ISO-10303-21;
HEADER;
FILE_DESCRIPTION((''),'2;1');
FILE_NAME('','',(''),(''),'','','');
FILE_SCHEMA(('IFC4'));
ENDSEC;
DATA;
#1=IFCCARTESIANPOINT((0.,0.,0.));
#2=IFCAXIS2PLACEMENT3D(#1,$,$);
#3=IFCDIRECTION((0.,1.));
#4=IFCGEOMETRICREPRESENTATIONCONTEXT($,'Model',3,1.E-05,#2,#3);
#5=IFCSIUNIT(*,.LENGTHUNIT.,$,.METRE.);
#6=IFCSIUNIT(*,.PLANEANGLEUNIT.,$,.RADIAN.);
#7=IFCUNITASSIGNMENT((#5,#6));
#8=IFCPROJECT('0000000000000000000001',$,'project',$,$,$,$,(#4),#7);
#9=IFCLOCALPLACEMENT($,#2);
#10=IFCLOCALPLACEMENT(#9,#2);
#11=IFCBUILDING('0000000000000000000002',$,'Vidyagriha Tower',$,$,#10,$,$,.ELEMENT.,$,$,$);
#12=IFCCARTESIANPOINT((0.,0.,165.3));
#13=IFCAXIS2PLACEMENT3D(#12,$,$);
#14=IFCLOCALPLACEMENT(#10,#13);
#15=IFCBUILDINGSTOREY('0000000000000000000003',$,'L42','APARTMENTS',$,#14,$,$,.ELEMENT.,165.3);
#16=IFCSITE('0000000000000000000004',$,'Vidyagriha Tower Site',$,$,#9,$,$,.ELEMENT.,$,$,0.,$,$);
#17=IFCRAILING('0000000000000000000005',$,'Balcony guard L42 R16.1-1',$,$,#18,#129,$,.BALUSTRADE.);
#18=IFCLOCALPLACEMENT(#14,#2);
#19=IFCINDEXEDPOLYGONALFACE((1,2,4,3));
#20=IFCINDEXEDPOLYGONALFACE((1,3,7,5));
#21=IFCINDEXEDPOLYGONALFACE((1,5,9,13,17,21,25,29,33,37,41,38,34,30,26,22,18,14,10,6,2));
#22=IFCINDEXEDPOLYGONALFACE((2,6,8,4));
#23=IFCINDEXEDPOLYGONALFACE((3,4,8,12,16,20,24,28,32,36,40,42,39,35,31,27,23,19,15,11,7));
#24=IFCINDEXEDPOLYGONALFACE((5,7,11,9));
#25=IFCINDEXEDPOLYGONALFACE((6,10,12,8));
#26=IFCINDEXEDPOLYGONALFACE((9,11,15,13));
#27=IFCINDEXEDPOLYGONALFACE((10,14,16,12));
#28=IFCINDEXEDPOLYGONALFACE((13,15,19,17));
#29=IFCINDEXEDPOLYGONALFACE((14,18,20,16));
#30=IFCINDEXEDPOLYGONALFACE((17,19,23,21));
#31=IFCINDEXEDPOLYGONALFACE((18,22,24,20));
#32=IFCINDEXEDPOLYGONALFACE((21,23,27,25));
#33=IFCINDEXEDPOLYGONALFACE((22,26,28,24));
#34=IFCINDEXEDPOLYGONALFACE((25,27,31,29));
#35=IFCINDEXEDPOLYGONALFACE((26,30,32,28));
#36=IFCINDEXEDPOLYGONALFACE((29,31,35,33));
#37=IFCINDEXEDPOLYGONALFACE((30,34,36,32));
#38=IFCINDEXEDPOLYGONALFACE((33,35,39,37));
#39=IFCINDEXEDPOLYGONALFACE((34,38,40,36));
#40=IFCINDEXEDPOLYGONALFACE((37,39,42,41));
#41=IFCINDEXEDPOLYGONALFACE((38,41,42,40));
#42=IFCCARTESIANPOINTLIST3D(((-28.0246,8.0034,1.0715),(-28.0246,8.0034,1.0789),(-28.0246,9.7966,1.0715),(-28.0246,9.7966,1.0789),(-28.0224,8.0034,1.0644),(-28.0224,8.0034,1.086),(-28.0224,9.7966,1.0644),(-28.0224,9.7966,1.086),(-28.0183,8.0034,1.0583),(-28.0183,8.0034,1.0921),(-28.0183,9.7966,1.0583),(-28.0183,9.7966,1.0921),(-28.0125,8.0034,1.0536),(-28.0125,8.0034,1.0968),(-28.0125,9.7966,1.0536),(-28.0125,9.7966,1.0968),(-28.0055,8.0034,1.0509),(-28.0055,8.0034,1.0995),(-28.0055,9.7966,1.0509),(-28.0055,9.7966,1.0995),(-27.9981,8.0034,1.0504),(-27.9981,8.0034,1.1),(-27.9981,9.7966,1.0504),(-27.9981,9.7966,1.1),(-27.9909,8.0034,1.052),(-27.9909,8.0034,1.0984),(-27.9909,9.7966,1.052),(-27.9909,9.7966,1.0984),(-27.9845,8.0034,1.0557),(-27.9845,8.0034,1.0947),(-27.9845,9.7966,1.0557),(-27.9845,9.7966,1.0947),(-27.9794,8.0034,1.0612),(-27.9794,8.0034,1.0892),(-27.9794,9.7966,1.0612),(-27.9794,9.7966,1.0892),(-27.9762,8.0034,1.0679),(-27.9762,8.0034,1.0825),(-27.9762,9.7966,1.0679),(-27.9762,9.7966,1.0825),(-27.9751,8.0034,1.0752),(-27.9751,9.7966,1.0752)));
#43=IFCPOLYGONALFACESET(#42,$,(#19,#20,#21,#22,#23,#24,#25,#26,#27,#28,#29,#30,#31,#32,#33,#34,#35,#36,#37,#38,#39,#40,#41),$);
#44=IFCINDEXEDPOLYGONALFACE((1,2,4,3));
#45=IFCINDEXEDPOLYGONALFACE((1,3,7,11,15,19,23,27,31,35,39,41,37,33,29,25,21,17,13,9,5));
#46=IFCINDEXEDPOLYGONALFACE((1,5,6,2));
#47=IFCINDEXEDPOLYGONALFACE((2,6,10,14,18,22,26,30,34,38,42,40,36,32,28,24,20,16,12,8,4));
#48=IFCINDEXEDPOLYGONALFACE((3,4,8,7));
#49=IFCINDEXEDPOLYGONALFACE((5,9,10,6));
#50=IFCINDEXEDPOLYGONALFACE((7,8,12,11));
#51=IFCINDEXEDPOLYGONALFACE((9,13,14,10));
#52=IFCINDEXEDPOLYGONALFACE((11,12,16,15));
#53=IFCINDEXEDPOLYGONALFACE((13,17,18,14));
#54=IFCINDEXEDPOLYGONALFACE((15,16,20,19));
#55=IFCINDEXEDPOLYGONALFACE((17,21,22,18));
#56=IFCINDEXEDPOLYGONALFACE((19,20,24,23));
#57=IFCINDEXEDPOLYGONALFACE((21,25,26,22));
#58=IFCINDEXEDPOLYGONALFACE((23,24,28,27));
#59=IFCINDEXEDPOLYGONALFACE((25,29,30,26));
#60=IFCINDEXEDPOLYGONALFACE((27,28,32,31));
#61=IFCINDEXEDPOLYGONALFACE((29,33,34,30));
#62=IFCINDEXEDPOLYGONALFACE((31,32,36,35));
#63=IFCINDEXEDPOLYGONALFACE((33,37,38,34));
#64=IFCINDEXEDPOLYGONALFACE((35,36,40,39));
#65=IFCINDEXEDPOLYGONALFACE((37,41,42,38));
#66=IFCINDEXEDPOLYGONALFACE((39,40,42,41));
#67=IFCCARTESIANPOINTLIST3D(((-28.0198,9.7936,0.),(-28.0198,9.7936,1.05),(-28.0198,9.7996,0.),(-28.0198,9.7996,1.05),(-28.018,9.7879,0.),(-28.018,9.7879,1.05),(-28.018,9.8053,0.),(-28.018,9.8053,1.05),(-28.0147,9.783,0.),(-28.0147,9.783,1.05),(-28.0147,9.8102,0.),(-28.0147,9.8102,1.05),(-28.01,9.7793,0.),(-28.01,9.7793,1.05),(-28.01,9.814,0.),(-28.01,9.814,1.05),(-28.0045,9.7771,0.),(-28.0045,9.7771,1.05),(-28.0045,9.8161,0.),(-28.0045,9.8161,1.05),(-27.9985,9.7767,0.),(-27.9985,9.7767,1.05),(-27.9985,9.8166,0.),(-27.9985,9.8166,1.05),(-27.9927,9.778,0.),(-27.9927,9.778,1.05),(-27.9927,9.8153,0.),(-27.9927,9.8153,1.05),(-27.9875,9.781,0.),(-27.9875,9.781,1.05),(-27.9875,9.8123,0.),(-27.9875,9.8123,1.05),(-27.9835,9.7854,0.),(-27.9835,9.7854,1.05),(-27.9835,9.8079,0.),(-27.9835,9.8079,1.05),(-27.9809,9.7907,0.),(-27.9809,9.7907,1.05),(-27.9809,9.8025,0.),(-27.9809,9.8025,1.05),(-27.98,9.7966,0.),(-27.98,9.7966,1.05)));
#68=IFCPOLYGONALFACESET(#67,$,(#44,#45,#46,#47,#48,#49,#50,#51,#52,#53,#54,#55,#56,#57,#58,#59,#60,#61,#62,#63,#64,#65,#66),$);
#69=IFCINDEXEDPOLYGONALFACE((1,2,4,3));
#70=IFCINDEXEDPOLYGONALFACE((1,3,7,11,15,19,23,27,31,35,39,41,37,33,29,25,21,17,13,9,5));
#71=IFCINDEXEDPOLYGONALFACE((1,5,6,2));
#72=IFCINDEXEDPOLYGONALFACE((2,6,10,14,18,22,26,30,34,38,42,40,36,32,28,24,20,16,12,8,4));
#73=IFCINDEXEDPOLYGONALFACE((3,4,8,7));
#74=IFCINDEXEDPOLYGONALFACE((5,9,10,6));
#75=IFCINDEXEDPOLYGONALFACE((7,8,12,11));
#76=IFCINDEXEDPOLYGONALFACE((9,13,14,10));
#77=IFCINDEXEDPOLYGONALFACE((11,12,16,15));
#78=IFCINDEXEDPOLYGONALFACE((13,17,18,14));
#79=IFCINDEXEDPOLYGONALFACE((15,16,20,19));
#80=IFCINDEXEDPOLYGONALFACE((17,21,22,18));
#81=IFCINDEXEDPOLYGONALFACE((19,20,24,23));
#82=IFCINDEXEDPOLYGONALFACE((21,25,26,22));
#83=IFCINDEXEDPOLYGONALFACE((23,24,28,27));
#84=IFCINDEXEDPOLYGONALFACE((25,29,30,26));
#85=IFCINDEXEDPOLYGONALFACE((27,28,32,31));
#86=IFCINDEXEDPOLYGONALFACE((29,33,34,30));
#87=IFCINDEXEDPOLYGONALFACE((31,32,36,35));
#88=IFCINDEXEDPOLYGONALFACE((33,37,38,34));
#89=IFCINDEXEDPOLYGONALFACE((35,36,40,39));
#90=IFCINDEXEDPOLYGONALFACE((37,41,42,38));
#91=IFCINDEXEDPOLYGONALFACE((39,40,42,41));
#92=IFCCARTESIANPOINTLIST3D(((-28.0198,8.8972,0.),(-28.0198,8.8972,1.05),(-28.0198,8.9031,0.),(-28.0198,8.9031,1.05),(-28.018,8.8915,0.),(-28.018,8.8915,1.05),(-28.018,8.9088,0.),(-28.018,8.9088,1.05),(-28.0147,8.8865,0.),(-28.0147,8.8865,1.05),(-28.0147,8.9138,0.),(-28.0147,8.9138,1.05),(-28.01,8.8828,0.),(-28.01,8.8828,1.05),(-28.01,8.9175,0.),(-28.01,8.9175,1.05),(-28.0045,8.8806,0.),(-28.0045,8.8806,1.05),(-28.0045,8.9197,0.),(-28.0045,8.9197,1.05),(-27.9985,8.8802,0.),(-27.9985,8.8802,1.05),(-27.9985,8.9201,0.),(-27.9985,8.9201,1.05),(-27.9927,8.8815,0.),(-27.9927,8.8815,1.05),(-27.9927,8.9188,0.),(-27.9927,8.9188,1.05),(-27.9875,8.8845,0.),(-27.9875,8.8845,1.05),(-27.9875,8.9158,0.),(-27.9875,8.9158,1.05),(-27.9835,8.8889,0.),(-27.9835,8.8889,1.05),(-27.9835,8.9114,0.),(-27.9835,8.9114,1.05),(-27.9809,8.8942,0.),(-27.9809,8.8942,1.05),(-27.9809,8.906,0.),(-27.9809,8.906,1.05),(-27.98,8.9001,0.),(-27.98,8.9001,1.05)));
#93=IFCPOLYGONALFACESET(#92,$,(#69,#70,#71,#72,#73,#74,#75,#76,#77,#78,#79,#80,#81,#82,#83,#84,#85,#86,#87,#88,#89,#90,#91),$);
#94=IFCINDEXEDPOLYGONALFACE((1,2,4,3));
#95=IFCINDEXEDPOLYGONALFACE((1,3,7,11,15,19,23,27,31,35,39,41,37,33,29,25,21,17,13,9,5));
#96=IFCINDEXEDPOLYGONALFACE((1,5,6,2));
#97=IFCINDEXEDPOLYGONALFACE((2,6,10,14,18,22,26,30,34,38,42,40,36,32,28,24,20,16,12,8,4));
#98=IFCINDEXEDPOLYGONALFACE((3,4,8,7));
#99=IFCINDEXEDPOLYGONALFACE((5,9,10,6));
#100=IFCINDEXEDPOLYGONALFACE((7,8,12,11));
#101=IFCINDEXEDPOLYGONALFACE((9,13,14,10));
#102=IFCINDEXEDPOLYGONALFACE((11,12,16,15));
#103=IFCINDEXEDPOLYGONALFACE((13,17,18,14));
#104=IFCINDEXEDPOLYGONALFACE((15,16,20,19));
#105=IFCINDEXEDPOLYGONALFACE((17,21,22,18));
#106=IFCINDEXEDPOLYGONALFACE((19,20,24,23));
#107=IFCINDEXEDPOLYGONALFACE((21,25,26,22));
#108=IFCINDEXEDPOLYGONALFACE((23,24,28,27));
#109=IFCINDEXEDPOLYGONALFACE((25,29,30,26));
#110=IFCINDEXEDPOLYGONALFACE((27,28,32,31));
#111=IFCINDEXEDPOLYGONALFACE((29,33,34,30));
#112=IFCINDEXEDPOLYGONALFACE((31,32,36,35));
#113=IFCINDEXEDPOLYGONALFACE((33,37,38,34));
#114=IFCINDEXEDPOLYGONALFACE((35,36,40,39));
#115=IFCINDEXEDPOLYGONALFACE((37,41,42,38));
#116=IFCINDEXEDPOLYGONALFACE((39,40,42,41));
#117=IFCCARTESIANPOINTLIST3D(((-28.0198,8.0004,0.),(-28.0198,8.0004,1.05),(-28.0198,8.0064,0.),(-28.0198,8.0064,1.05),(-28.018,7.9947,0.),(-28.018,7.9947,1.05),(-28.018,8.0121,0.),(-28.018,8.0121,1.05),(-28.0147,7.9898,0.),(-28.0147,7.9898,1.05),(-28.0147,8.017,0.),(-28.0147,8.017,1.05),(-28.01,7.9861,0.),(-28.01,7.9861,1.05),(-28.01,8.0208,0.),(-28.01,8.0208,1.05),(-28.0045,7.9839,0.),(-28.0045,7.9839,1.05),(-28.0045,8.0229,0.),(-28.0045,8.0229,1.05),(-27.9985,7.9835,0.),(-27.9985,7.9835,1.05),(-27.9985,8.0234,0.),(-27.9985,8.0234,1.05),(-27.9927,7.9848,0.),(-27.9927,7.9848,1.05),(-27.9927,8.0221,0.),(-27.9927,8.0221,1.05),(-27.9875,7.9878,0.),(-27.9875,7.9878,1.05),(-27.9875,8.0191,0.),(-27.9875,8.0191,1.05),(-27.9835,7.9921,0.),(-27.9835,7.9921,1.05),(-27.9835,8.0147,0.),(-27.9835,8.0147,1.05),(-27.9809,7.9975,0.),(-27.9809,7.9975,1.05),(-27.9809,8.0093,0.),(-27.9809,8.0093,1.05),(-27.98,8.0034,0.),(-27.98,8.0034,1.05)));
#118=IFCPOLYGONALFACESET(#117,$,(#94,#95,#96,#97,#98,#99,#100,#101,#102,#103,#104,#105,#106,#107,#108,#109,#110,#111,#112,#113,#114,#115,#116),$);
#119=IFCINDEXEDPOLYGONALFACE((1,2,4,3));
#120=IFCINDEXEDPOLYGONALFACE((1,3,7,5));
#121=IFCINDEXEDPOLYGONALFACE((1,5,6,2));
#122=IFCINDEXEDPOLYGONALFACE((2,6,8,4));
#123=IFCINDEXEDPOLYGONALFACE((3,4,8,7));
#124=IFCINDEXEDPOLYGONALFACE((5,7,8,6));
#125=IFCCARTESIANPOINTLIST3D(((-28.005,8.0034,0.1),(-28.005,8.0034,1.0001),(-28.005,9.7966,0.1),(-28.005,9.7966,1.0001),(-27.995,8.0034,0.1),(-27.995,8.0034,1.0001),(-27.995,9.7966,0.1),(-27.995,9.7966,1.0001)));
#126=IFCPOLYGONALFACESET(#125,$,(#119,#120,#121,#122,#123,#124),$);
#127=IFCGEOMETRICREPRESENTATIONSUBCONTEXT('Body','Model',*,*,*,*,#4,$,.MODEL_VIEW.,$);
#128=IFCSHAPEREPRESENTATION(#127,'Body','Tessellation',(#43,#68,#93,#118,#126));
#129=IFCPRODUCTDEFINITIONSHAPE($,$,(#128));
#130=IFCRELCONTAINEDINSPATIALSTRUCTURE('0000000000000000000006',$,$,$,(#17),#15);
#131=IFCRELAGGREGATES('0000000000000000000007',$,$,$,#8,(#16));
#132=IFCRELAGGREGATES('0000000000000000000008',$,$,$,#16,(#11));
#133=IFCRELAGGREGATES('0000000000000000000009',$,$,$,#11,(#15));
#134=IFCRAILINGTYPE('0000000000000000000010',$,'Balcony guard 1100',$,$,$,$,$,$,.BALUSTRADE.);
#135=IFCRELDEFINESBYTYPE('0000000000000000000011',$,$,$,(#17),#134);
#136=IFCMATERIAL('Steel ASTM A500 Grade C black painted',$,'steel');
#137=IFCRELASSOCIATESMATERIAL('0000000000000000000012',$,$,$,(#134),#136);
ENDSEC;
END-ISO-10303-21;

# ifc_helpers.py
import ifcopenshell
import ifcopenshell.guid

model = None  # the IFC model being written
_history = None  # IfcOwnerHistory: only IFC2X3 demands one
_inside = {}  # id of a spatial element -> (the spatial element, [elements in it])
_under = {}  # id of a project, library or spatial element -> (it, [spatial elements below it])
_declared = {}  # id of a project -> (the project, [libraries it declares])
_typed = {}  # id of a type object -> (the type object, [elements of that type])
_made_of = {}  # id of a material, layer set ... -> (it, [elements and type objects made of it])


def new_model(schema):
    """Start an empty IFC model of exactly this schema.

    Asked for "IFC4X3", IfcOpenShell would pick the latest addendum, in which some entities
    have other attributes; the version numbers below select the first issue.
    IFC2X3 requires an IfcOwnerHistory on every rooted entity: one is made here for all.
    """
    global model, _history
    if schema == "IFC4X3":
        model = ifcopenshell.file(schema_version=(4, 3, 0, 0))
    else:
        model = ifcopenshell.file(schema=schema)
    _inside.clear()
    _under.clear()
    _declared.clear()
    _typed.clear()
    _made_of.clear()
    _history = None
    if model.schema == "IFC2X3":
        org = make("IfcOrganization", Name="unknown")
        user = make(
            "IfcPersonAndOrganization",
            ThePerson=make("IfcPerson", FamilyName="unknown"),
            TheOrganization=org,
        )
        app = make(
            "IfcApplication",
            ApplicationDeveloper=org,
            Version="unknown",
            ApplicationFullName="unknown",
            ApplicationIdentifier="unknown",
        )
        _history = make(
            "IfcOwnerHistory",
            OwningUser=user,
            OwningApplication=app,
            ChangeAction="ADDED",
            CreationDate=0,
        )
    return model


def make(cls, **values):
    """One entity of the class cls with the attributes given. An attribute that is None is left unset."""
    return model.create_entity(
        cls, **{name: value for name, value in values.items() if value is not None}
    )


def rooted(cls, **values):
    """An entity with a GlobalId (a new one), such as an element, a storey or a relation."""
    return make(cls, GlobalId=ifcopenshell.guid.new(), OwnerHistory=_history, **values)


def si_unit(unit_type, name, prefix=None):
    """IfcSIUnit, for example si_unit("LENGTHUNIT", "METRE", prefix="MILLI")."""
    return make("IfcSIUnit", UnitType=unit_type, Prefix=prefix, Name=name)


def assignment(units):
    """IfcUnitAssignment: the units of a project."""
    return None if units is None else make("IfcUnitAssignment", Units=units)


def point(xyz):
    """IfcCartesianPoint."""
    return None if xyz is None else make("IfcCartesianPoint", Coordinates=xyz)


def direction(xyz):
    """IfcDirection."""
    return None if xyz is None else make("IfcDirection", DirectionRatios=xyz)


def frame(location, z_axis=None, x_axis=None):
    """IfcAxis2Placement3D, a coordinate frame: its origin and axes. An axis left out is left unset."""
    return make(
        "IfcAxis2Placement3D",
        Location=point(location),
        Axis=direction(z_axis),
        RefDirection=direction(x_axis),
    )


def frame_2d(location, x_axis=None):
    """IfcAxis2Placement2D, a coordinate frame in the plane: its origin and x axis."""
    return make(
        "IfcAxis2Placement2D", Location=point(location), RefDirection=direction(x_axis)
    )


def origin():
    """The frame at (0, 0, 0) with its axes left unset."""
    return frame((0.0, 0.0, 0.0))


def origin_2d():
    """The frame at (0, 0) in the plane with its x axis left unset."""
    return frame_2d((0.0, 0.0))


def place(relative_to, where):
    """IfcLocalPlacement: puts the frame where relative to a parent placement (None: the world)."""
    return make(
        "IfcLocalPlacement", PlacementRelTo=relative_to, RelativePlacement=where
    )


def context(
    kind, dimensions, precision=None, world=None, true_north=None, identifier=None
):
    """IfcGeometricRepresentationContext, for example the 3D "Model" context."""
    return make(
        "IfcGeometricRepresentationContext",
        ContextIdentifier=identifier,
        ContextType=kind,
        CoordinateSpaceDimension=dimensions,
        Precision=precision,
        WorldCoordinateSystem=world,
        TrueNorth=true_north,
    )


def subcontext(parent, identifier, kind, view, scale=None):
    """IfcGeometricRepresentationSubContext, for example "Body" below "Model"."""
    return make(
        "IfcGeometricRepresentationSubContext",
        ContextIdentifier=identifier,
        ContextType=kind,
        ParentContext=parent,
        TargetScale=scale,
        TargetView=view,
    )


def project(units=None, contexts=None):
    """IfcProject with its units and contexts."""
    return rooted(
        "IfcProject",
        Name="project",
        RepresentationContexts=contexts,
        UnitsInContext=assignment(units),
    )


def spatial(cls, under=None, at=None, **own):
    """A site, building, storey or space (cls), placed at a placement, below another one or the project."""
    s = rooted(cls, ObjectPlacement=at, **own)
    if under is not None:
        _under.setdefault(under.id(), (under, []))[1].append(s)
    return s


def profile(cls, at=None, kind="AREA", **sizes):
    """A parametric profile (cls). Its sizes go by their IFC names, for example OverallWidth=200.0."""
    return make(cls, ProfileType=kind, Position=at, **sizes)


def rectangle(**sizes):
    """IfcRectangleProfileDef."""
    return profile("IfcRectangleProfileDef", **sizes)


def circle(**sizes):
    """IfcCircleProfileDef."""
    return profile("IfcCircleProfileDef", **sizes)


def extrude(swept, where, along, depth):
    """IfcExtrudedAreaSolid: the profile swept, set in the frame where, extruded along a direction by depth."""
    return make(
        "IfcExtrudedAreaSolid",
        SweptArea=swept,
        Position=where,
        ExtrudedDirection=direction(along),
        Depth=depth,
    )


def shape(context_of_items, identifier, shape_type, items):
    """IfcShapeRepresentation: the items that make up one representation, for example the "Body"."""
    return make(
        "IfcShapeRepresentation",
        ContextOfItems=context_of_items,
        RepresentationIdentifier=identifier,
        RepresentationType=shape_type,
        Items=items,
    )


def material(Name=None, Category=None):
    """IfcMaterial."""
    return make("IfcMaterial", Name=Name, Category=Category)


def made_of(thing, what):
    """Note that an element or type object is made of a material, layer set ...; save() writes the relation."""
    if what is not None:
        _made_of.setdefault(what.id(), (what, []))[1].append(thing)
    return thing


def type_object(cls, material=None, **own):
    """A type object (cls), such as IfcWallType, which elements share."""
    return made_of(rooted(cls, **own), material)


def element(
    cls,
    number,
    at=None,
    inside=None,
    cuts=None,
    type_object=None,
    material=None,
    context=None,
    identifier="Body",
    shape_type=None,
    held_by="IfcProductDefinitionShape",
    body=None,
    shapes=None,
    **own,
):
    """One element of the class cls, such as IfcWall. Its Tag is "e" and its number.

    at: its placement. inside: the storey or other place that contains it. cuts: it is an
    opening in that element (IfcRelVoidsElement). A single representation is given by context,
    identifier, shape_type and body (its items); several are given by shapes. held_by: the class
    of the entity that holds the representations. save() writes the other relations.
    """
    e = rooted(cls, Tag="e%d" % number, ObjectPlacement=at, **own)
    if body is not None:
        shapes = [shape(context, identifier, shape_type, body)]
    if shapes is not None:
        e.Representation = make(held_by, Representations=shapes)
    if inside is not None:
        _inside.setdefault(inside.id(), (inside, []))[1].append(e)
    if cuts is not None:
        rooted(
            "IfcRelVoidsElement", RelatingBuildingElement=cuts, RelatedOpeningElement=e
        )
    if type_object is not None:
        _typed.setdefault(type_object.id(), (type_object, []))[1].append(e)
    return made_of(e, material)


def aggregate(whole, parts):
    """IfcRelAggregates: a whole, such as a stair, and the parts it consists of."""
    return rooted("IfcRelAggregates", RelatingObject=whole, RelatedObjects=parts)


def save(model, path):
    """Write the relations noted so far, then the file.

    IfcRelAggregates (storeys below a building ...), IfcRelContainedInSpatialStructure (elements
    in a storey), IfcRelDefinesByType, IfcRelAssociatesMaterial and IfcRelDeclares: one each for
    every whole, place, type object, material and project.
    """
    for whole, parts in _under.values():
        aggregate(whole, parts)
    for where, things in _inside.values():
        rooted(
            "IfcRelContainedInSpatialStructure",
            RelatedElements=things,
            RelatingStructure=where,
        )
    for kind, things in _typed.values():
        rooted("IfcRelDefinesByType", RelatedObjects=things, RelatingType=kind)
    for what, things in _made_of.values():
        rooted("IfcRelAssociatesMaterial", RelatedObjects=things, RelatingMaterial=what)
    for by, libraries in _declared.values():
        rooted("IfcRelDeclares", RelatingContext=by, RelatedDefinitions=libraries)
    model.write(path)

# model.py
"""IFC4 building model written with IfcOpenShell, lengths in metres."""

from ifc_helpers import new_model, si_unit, direction, frame, origin, origin_2d, place, context, subcontext, project, spatial, rectangle, circle, extrude, material, type_object, element, save


model = new_model("IFC4")

# Units and contexts
model_context = context("Model", 3, precision=1e-05, world=origin(), true_north=direction((0.0, 1.0)))
body_context = subcontext(model_context, "Body", "Model", "MODEL_VIEW")
ifc_project = project(units=[si_unit("LENGTHUNIT", "METRE"), si_unit("PLANEANGLEUNIT", "RADIAN")], contexts=[model_context])

# Site, building, storey
site_placement = place(None, origin())
site = spatial("IfcSite", under=ifc_project, at=site_placement, Name="Vidyagriha Tower Site", CompositionType="ELEMENT", RefElevation=0.0)
building_placement = place(site_placement, origin())
building = spatial("IfcBuilding", under=site, at=building_placement, Name="Vidyagriha Tower", CompositionType="ELEMENT")
storey_placement = place(building_placement, frame((0.0, 0.0, 165.3)))
storey = spatial("IfcBuildingStorey", under=building, at=storey_placement, Name="L42", Description="APARTMENTS", CompositionType="ELEMENT", Elevation=165.3)

# Railing
ifc_material_1 = material(Name="Steel ASTM A500 Grade C black painted", Category="steel")
railing_type = type_object("IfcRailingType", Name="Balcony guard 1100", PredefinedType="BALUSTRADE", material=ifc_material_1)
railing_1_placement = place(storey_placement, frame((-28.0, 9.7966, 0.0)))
element("IfcRailing", 1, at=railing_1_placement, inside=storey, type_object=railing_type, Name="Balcony guard L42 R16.1-1", PredefinedType="BALUSTRADE", context=body_context, shape_type="SweptSolid", body=[
    extrude(circle(Radius=0.0249, at=origin_2d()), frame((0.0, 0.0, 1.0752), z_axis=(0.0, -1.0, 0.0), x_axis=(1.0, 0.0, 0.0)), (0.0, 0.0, 1.0), 1.7932),
    extrude(circle(Radius=0.02, at=origin_2d()), origin(), (0.0, 0.0, 1.0), 1.05),
    extrude(circle(Radius=0.02, at=origin_2d()), frame((0.0, -0.8965, 0.0)), (0.0, 0.0, 1.0), 1.05),
    extrude(circle(Radius=0.02, at=origin_2d()), frame((0.0, -1.7932, 0.0)), (0.0, 0.0, 1.0), 1.05),
    extrude(rectangle(XDim=0.01, YDim=0.9001, at=origin_2d()), frame((0.0, 0.0, 0.55), z_axis=(0.0, -1.0, 0.0), x_axis=(1.0, 0.0, 0.0)), (0.0, 0.0, 1.0), 1.7932),
])

save(model, "model.ifc")
